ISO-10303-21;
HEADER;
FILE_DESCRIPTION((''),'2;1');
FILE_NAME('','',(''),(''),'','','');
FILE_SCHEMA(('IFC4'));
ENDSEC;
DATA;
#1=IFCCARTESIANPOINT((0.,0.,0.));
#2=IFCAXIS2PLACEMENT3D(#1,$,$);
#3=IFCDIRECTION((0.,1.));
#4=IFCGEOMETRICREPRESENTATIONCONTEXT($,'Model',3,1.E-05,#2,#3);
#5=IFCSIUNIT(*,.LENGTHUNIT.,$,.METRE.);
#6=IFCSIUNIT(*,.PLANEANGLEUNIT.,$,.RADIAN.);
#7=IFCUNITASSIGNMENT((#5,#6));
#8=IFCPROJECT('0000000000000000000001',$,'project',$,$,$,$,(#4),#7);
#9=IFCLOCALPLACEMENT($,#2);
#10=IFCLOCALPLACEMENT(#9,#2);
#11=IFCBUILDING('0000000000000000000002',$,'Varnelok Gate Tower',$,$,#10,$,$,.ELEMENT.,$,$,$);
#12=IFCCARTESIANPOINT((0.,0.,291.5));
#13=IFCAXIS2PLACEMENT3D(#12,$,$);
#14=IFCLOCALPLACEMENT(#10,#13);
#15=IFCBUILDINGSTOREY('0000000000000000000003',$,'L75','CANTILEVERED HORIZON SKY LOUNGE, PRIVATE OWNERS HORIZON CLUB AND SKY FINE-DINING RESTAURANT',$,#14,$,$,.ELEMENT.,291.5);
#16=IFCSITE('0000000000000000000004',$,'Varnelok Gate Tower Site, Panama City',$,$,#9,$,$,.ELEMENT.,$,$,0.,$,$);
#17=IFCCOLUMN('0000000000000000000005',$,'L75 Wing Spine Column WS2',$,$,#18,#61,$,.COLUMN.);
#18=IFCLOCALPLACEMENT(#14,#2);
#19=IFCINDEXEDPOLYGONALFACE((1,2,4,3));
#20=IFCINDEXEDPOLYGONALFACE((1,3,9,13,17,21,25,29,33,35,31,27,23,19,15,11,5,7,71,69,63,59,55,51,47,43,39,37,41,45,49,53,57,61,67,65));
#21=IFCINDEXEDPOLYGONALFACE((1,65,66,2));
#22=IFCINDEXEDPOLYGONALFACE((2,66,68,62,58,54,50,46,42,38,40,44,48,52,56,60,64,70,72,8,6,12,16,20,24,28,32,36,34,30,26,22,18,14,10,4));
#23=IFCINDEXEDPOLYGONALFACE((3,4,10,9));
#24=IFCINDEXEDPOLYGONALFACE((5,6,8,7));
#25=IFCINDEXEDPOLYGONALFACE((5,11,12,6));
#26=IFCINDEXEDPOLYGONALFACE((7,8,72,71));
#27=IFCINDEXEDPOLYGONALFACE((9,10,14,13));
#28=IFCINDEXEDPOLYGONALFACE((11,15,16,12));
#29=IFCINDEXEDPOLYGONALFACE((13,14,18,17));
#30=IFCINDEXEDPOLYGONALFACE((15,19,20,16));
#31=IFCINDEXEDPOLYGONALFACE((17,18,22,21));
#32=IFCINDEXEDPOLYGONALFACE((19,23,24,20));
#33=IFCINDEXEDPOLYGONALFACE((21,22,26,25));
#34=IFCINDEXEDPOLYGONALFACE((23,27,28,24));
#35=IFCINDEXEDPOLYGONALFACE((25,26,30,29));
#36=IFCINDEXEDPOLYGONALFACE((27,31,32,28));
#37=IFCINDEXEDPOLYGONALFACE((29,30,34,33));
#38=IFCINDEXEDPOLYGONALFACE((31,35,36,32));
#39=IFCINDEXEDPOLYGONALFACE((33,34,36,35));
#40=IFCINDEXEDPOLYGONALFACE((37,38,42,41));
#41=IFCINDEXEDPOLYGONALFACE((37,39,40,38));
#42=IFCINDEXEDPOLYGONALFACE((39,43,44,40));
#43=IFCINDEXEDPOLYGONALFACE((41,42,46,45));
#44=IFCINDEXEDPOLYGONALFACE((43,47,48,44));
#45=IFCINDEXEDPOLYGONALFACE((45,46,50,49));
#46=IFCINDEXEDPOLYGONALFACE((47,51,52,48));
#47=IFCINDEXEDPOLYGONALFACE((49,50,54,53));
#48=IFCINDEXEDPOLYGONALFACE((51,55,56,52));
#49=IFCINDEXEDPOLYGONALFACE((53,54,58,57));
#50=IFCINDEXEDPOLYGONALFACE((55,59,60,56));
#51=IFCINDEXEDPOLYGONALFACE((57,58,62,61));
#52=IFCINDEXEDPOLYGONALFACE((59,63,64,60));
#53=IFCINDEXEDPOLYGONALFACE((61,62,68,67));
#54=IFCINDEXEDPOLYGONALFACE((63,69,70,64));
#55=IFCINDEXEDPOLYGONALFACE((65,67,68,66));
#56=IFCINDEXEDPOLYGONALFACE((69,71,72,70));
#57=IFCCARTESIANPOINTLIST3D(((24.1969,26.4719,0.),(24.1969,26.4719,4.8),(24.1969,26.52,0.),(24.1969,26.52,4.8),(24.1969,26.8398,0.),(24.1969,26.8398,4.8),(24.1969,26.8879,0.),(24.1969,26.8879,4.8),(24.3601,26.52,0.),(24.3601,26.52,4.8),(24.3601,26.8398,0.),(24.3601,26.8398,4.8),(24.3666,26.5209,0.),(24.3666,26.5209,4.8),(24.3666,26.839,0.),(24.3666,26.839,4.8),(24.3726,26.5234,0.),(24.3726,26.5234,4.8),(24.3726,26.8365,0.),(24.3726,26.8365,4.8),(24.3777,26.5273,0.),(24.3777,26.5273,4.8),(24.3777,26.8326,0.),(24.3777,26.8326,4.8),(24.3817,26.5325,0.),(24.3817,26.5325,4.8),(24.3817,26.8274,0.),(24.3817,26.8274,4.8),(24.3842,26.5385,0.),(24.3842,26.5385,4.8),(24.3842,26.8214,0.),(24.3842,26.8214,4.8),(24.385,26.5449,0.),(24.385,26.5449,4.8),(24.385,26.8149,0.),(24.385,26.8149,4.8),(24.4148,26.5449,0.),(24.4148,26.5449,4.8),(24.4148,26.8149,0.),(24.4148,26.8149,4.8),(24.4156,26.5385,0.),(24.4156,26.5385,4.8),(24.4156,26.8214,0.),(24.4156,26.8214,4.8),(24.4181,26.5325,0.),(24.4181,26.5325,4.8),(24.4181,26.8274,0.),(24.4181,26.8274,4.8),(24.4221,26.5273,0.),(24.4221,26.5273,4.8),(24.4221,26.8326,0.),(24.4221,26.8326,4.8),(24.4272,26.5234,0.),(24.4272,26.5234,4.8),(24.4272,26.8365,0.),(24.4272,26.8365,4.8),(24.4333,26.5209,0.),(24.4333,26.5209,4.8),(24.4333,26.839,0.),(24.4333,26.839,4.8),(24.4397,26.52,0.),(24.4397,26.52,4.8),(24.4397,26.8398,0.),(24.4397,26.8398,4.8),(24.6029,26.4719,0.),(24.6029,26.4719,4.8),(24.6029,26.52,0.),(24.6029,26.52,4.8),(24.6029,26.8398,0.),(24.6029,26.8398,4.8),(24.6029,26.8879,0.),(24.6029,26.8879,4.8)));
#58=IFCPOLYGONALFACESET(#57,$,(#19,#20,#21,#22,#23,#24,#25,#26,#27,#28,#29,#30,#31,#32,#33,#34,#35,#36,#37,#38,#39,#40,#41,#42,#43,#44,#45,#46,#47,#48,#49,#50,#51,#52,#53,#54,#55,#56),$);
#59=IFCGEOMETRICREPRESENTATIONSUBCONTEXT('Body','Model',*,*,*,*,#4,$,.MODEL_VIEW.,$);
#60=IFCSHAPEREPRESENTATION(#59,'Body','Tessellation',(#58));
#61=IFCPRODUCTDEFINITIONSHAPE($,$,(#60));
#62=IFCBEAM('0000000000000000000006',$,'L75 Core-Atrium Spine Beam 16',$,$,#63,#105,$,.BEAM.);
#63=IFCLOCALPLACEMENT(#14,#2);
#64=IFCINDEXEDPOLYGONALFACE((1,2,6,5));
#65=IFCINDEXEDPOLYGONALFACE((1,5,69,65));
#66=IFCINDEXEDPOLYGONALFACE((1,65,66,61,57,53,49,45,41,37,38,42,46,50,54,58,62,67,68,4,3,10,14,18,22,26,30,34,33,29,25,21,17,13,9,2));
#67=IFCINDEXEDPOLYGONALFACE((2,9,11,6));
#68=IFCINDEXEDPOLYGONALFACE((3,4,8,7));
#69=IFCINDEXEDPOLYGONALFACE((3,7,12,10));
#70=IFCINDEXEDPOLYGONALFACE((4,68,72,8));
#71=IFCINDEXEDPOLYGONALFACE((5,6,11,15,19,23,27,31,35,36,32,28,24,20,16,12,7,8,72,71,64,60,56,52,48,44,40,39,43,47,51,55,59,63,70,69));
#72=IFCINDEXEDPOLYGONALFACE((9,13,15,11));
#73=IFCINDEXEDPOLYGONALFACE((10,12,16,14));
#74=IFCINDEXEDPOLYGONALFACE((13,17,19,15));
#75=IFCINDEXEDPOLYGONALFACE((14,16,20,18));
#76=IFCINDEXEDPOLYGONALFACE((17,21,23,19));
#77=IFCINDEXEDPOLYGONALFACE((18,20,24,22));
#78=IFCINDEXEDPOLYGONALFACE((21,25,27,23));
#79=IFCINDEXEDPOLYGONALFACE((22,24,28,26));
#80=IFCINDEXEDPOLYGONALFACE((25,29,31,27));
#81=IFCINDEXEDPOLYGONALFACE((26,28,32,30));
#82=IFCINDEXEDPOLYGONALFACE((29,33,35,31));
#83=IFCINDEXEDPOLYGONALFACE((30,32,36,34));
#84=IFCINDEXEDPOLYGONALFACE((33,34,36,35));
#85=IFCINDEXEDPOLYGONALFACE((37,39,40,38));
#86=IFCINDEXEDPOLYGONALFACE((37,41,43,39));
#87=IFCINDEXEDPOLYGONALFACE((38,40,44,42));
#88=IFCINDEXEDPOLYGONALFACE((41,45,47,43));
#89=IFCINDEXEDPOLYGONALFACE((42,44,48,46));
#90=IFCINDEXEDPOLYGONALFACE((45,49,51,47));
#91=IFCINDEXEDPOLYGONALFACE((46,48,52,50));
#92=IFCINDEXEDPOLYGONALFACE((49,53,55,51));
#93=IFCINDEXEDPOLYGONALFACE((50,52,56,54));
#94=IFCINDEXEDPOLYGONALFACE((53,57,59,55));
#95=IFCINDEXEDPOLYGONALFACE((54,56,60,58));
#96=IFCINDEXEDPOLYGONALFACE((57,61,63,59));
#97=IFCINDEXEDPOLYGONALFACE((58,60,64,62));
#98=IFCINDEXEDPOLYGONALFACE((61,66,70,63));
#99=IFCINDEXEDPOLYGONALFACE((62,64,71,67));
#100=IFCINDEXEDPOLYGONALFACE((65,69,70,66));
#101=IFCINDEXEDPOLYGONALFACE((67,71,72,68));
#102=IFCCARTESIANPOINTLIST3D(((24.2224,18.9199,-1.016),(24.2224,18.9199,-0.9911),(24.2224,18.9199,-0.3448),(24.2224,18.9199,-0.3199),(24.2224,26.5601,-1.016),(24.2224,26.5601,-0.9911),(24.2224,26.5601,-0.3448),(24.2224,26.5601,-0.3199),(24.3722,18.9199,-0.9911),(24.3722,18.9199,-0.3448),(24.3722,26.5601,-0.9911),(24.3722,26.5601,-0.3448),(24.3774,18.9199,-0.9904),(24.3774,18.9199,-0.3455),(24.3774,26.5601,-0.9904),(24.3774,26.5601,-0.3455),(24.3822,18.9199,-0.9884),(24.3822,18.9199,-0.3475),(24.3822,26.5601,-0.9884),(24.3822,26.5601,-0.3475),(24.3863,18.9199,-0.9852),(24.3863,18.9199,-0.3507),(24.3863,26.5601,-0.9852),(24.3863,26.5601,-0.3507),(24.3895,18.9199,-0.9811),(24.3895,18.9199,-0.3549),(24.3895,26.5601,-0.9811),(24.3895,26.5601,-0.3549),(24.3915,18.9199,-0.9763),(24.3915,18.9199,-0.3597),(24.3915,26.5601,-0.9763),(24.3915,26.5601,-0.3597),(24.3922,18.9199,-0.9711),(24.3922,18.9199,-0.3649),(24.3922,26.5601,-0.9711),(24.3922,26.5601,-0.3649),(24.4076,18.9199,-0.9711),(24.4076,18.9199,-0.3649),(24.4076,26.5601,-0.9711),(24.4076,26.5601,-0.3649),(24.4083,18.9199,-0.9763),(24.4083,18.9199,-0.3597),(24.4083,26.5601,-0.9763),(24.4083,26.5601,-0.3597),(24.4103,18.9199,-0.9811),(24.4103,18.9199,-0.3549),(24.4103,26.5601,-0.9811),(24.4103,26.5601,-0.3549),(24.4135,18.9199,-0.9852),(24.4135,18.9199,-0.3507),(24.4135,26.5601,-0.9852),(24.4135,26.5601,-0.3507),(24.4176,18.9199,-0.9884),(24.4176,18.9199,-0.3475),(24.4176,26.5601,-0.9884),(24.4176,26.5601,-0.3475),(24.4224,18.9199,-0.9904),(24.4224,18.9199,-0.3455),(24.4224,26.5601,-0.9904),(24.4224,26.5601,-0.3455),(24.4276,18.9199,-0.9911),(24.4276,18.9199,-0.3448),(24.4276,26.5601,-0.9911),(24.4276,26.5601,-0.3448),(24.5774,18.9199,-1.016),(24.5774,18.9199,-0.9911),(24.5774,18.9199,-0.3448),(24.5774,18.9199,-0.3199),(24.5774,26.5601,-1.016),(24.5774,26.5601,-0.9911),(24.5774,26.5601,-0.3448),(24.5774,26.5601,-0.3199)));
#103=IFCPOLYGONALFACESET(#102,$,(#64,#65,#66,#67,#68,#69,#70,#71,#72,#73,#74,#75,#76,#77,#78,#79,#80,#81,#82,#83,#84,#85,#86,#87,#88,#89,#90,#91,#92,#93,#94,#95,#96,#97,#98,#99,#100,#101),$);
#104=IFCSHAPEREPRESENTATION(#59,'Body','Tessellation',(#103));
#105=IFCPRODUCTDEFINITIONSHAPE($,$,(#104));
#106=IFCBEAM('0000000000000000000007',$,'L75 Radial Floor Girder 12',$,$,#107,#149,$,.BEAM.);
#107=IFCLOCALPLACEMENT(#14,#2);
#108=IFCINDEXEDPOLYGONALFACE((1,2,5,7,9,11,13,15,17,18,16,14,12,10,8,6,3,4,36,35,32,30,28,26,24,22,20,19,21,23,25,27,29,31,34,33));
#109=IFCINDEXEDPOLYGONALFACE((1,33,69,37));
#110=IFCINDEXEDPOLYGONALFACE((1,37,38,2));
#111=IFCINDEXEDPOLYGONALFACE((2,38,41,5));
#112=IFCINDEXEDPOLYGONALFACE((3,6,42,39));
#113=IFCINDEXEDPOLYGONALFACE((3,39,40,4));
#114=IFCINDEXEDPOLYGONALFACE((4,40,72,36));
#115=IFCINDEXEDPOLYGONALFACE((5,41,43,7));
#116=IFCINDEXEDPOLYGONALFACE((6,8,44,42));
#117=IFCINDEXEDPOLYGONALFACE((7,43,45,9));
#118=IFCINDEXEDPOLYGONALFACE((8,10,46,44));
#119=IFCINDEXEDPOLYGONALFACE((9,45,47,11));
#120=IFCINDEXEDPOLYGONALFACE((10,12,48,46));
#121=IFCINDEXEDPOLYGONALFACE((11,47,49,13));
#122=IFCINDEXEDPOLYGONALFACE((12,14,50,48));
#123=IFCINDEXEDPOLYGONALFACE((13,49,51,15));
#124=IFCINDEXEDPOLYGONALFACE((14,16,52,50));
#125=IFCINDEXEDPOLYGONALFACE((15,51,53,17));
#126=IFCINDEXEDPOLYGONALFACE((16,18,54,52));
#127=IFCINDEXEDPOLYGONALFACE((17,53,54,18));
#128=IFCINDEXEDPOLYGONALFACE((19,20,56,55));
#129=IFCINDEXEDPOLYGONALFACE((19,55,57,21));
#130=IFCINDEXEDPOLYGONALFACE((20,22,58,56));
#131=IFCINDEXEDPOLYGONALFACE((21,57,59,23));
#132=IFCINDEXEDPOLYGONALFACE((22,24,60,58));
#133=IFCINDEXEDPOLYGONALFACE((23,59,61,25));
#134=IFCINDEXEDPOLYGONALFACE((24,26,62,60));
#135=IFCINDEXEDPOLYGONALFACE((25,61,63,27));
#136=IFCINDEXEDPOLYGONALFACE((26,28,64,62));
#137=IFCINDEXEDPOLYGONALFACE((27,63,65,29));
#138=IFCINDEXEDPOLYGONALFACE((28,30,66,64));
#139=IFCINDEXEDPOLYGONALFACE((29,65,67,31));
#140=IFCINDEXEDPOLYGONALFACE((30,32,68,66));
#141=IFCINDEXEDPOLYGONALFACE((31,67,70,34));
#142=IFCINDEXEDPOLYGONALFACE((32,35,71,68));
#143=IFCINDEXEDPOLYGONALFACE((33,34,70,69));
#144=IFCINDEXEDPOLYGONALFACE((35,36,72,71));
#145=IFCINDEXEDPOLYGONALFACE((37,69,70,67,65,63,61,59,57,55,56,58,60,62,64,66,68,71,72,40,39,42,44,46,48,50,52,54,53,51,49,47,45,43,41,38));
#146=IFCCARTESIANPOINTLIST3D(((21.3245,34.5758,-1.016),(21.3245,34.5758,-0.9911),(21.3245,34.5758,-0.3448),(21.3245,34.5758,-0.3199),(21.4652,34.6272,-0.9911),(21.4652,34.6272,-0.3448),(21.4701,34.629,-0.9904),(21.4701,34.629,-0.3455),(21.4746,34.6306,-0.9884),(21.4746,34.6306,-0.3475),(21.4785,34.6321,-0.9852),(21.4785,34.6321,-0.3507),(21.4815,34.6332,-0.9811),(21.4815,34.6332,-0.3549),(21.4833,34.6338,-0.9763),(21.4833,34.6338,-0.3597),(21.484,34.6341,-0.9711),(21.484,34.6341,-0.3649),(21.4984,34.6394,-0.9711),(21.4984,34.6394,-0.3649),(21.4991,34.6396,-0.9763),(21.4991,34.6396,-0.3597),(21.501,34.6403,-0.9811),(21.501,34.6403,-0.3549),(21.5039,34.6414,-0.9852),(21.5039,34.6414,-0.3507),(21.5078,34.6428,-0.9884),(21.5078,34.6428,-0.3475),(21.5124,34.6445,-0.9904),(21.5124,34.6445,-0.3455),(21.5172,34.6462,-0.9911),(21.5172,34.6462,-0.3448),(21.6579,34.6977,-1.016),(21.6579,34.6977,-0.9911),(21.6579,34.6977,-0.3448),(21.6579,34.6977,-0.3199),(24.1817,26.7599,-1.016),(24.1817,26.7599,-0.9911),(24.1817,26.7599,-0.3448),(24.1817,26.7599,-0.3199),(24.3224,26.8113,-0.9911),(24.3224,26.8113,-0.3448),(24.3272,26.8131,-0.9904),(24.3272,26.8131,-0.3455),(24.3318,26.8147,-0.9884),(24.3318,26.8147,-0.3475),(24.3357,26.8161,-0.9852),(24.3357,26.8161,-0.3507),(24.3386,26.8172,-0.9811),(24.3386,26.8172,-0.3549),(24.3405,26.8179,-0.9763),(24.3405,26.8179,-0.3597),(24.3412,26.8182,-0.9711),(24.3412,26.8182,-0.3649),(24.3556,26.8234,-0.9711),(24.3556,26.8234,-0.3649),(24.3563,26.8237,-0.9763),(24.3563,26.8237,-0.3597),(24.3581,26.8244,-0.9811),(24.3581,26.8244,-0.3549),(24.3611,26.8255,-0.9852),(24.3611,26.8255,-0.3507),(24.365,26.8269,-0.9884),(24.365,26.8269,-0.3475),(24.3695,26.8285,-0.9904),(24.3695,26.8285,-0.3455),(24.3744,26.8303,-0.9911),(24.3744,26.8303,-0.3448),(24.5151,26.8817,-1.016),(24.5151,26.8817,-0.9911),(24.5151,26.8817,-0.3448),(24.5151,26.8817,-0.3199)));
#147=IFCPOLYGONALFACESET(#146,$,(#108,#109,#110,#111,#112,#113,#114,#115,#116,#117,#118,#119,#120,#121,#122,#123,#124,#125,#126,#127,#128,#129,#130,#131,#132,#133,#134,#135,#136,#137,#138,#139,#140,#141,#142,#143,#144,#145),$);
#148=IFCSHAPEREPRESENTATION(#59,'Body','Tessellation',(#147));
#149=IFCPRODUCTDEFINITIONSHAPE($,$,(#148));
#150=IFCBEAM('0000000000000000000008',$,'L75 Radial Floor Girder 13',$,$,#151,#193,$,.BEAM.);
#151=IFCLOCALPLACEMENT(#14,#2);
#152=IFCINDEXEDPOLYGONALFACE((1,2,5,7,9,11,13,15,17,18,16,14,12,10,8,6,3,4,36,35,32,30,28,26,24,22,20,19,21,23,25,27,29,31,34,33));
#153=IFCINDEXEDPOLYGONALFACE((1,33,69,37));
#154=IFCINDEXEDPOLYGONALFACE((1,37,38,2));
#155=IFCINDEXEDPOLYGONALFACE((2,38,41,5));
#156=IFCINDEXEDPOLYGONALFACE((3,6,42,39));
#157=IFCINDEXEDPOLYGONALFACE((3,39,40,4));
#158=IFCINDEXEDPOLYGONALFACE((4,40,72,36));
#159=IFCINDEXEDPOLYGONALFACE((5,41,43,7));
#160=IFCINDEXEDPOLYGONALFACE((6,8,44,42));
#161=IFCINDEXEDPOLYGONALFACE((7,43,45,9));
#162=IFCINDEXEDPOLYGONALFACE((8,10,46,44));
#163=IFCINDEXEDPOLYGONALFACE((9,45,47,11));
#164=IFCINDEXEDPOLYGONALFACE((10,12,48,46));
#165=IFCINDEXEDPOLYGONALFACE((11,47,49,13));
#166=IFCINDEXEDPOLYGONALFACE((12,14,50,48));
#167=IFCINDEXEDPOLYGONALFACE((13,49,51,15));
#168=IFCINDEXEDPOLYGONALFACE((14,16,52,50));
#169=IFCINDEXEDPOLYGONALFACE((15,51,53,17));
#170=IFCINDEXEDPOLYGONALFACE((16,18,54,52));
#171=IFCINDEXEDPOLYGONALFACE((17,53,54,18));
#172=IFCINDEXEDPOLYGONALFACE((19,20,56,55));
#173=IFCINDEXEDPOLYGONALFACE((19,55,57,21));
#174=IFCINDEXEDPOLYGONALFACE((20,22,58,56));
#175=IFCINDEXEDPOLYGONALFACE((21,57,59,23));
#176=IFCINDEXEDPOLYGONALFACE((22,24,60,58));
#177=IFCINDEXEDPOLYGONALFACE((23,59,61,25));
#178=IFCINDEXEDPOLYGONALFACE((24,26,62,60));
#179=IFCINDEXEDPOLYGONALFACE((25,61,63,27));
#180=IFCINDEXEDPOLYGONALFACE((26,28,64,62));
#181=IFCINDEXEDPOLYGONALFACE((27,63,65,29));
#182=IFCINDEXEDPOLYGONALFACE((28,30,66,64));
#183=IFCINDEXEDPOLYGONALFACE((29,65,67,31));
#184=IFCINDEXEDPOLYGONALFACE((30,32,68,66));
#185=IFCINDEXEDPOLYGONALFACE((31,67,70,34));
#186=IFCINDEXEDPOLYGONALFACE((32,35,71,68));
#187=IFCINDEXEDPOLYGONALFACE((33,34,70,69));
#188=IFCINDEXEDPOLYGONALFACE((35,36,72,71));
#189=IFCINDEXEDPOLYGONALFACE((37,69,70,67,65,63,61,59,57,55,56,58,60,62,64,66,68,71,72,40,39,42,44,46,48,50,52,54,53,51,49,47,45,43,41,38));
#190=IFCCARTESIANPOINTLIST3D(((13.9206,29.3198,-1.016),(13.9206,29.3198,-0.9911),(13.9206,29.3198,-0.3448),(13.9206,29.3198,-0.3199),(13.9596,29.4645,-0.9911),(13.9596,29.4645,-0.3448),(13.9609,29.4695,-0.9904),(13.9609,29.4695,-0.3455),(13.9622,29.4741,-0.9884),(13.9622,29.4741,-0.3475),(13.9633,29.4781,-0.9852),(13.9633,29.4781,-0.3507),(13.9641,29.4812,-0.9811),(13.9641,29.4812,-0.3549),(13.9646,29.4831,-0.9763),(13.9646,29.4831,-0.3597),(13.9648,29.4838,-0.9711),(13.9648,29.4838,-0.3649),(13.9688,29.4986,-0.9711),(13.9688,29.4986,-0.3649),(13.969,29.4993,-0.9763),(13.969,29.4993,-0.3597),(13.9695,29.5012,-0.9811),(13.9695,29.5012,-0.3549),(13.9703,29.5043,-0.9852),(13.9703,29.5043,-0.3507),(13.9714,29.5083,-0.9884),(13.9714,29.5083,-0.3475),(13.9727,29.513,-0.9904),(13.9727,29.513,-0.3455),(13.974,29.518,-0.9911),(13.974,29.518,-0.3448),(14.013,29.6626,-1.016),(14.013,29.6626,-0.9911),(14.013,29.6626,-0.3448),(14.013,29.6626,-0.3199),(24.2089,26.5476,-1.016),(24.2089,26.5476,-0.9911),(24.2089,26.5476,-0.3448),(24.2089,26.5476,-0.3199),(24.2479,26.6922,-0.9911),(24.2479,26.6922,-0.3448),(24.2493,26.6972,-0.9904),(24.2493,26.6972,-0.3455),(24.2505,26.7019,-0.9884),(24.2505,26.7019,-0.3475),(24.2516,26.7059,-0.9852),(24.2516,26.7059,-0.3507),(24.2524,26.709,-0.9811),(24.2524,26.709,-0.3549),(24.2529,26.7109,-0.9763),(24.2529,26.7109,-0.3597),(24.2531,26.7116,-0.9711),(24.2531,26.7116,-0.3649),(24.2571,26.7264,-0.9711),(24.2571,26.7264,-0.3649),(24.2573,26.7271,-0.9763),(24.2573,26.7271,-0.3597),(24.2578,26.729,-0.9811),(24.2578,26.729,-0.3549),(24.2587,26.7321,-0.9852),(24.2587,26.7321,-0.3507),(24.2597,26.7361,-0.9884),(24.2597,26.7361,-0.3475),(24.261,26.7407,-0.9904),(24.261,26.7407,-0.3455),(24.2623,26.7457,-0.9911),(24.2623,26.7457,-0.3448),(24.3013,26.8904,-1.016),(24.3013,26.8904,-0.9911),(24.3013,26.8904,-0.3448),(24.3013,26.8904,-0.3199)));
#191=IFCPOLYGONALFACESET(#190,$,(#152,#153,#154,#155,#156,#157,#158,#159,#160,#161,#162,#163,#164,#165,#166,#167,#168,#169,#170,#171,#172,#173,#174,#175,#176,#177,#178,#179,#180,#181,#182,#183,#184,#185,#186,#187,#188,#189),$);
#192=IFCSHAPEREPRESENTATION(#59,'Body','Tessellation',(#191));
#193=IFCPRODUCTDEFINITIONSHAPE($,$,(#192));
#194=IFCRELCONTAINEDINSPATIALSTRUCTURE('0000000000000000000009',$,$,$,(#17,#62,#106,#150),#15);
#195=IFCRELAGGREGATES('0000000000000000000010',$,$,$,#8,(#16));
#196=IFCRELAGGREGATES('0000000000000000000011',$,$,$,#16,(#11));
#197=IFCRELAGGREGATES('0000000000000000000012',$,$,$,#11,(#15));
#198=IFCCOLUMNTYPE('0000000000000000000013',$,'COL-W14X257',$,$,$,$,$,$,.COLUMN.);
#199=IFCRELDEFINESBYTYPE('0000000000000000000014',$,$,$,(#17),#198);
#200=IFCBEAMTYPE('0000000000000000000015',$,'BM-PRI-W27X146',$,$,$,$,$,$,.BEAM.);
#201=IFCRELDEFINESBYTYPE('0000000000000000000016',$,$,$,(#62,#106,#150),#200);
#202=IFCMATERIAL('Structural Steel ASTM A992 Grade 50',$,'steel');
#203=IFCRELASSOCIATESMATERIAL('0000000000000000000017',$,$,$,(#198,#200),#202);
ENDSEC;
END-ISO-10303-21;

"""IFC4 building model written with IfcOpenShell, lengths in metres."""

from ifc_helpers import new_model, si_unit, direction, frame, origin, origin_2d, place, context, subcontext, project, spatial, i_section, extrude, material, material_profile, profile_set, type_object, element, save


model = new_model("IFC4")

# Units and contexts
model_context = context("Model", 3, precision=1e-05, world=origin(), true_north=direction((0.0, 1.0)))
body_context = subcontext(model_context, "Body", "Model", "MODEL_VIEW")
ifc_project = project(units=[si_unit("LENGTHUNIT", "METRE"), si_unit("PLANEANGLEUNIT", "RADIAN")], contexts=[model_context])

# Site, building, storey
site_placement = place(None, origin())
site = spatial("IfcSite", under=ifc_project, at=site_placement, Name="Varnelok Gate Tower Site, Panama City", CompositionType="ELEMENT", RefElevation=0.0)
building_placement = place(site_placement, origin())
building = spatial("IfcBuilding", under=site, at=building_placement, Name="Varnelok Gate Tower", CompositionType="ELEMENT")
storey_placement = place(building_placement, frame((0.0, 0.0, 291.5)))
storey = spatial("IfcBuildingStorey", under=building, at=storey_placement, Name="L75", Description="CANTILEVERED HORIZON SKY LOUNGE, PRIVATE OWNERS HORIZON CLUB AND SKY FINE-DINING RESTAURANT", CompositionType="ELEMENT", Elevation=291.5)

# Column
ifc_material_1 = material(Name="Structural Steel ASTM A992 Grade 50", Category="steel")
ifc_material_profile_1 = material_profile(ifc_material_1, i_section(OverallWidth=0.406, OverallDepth=0.416, WebThickness=0.0298, FlangeThickness=0.0481, FilletRadius=0.0249, at=origin_2d()), Name="W14X257")
ifc_profile_set_1 = profile_set([ifc_material_profile_1], Name="Structural Steel ASTM A992 Grade 50")
column_type = type_object("IfcColumnType", Name="COL-W14X257", PredefinedType="COLUMN", material=ifc_profile_set_1)
column_placement = place(storey_placement, frame((24.3999, 26.6799, 0.0), z_axis=(0.0, 0.0, 1.0), x_axis=(1.0, 0.0, 0.0)))
element("IfcColumn", 1, at=column_placement, inside=storey, type_object=column_type, Name="L75 Wing Spine Column WS2", PredefinedType="COLUMN", context=body_context, shape_type="SweptSolid", body=[
    extrude(i_section(OverallWidth=0.406, OverallDepth=0.416, WebThickness=0.0298, FlangeThickness=0.0481, FilletRadius=0.0249, at=origin_2d()), origin(), (0.0, 0.0, 1.0), 4.8),
])

# Beams
ifc_material_profile_2 = material_profile(ifc_material_1, i_section(OverallWidth=0.355, OverallDepth=0.696, WebThickness=0.0154, FlangeThickness=0.0249, FilletRadius=0.02, at=origin_2d()), Name="W27X146")
ifc_profile_set_2 = profile_set([ifc_material_profile_2], Name="Structural Steel ASTM A992 Grade 50")
beam_type_1 = type_object("IfcBeamType", Name="BM-PRI-W27X146", PredefinedType="BEAM", material=ifc_profile_set_2)
beam_1_placement = place(storey_placement, frame((24.3999, 18.9199, -0.668), z_axis=(0.0, 1.0, 0.0), x_axis=(-1.0, 0.0, 0.0)))
element("IfcBeam", 2, at=beam_1_placement, inside=storey, type_object=beam_type_1, Name="L75 Core-Atrium Spine Beam 16", PredefinedType="BEAM", context=body_context, shape_type="SweptSolid", body=[
    extrude(i_section(OverallWidth=0.355, OverallDepth=0.696, WebThickness=0.0154, FlangeThickness=0.0249, FilletRadius=0.02, at=origin_2d()), origin(), (0.0, 0.0, 1.0), 7.6401),
])
beam_2_placement = place(storey_placement, frame((24.3484, 26.8208, -0.668), z_axis=(-0.343337, 0.939212, 0.0), x_axis=(-0.939212, -0.343337, 0.0)))
element("IfcBeam", 3, at=beam_2_placement, inside=storey, type_object=beam_type_1, Name="L75 Radial Floor Girder 12", PredefinedType="BEAM", context=body_context, shape_type="SweptSolid", body=[
    extrude(i_section(OverallWidth=0.355, OverallDepth=0.696, WebThickness=0.0154, FlangeThickness=0.0249, FilletRadius=0.02, at=origin_2d()), origin(), (0.0, 0.0, 1.0), 8.3218),
])
beam_3_placement = place(storey_placement, frame((24.2551, 26.719, -0.668), z_axis=(-0.965562, 0.260173, 0.0), x_axis=(-0.260173, -0.965562, 0.0)))
element("IfcBeam", 4, at=beam_3_placement, inside=storey, type_object=beam_type_1, Name="L75 Radial Floor Girder 13", PredefinedType="BEAM", context=body_context, shape_type="SweptSolid", body=[
    extrude(i_section(OverallWidth=0.355, OverallDepth=0.696, WebThickness=0.0154, FlangeThickness=0.0249, FilletRadius=0.02, at=origin_2d()), origin(), (0.0, 0.0, 1.0), 10.6553),
])

save(model, "model.ifc")
